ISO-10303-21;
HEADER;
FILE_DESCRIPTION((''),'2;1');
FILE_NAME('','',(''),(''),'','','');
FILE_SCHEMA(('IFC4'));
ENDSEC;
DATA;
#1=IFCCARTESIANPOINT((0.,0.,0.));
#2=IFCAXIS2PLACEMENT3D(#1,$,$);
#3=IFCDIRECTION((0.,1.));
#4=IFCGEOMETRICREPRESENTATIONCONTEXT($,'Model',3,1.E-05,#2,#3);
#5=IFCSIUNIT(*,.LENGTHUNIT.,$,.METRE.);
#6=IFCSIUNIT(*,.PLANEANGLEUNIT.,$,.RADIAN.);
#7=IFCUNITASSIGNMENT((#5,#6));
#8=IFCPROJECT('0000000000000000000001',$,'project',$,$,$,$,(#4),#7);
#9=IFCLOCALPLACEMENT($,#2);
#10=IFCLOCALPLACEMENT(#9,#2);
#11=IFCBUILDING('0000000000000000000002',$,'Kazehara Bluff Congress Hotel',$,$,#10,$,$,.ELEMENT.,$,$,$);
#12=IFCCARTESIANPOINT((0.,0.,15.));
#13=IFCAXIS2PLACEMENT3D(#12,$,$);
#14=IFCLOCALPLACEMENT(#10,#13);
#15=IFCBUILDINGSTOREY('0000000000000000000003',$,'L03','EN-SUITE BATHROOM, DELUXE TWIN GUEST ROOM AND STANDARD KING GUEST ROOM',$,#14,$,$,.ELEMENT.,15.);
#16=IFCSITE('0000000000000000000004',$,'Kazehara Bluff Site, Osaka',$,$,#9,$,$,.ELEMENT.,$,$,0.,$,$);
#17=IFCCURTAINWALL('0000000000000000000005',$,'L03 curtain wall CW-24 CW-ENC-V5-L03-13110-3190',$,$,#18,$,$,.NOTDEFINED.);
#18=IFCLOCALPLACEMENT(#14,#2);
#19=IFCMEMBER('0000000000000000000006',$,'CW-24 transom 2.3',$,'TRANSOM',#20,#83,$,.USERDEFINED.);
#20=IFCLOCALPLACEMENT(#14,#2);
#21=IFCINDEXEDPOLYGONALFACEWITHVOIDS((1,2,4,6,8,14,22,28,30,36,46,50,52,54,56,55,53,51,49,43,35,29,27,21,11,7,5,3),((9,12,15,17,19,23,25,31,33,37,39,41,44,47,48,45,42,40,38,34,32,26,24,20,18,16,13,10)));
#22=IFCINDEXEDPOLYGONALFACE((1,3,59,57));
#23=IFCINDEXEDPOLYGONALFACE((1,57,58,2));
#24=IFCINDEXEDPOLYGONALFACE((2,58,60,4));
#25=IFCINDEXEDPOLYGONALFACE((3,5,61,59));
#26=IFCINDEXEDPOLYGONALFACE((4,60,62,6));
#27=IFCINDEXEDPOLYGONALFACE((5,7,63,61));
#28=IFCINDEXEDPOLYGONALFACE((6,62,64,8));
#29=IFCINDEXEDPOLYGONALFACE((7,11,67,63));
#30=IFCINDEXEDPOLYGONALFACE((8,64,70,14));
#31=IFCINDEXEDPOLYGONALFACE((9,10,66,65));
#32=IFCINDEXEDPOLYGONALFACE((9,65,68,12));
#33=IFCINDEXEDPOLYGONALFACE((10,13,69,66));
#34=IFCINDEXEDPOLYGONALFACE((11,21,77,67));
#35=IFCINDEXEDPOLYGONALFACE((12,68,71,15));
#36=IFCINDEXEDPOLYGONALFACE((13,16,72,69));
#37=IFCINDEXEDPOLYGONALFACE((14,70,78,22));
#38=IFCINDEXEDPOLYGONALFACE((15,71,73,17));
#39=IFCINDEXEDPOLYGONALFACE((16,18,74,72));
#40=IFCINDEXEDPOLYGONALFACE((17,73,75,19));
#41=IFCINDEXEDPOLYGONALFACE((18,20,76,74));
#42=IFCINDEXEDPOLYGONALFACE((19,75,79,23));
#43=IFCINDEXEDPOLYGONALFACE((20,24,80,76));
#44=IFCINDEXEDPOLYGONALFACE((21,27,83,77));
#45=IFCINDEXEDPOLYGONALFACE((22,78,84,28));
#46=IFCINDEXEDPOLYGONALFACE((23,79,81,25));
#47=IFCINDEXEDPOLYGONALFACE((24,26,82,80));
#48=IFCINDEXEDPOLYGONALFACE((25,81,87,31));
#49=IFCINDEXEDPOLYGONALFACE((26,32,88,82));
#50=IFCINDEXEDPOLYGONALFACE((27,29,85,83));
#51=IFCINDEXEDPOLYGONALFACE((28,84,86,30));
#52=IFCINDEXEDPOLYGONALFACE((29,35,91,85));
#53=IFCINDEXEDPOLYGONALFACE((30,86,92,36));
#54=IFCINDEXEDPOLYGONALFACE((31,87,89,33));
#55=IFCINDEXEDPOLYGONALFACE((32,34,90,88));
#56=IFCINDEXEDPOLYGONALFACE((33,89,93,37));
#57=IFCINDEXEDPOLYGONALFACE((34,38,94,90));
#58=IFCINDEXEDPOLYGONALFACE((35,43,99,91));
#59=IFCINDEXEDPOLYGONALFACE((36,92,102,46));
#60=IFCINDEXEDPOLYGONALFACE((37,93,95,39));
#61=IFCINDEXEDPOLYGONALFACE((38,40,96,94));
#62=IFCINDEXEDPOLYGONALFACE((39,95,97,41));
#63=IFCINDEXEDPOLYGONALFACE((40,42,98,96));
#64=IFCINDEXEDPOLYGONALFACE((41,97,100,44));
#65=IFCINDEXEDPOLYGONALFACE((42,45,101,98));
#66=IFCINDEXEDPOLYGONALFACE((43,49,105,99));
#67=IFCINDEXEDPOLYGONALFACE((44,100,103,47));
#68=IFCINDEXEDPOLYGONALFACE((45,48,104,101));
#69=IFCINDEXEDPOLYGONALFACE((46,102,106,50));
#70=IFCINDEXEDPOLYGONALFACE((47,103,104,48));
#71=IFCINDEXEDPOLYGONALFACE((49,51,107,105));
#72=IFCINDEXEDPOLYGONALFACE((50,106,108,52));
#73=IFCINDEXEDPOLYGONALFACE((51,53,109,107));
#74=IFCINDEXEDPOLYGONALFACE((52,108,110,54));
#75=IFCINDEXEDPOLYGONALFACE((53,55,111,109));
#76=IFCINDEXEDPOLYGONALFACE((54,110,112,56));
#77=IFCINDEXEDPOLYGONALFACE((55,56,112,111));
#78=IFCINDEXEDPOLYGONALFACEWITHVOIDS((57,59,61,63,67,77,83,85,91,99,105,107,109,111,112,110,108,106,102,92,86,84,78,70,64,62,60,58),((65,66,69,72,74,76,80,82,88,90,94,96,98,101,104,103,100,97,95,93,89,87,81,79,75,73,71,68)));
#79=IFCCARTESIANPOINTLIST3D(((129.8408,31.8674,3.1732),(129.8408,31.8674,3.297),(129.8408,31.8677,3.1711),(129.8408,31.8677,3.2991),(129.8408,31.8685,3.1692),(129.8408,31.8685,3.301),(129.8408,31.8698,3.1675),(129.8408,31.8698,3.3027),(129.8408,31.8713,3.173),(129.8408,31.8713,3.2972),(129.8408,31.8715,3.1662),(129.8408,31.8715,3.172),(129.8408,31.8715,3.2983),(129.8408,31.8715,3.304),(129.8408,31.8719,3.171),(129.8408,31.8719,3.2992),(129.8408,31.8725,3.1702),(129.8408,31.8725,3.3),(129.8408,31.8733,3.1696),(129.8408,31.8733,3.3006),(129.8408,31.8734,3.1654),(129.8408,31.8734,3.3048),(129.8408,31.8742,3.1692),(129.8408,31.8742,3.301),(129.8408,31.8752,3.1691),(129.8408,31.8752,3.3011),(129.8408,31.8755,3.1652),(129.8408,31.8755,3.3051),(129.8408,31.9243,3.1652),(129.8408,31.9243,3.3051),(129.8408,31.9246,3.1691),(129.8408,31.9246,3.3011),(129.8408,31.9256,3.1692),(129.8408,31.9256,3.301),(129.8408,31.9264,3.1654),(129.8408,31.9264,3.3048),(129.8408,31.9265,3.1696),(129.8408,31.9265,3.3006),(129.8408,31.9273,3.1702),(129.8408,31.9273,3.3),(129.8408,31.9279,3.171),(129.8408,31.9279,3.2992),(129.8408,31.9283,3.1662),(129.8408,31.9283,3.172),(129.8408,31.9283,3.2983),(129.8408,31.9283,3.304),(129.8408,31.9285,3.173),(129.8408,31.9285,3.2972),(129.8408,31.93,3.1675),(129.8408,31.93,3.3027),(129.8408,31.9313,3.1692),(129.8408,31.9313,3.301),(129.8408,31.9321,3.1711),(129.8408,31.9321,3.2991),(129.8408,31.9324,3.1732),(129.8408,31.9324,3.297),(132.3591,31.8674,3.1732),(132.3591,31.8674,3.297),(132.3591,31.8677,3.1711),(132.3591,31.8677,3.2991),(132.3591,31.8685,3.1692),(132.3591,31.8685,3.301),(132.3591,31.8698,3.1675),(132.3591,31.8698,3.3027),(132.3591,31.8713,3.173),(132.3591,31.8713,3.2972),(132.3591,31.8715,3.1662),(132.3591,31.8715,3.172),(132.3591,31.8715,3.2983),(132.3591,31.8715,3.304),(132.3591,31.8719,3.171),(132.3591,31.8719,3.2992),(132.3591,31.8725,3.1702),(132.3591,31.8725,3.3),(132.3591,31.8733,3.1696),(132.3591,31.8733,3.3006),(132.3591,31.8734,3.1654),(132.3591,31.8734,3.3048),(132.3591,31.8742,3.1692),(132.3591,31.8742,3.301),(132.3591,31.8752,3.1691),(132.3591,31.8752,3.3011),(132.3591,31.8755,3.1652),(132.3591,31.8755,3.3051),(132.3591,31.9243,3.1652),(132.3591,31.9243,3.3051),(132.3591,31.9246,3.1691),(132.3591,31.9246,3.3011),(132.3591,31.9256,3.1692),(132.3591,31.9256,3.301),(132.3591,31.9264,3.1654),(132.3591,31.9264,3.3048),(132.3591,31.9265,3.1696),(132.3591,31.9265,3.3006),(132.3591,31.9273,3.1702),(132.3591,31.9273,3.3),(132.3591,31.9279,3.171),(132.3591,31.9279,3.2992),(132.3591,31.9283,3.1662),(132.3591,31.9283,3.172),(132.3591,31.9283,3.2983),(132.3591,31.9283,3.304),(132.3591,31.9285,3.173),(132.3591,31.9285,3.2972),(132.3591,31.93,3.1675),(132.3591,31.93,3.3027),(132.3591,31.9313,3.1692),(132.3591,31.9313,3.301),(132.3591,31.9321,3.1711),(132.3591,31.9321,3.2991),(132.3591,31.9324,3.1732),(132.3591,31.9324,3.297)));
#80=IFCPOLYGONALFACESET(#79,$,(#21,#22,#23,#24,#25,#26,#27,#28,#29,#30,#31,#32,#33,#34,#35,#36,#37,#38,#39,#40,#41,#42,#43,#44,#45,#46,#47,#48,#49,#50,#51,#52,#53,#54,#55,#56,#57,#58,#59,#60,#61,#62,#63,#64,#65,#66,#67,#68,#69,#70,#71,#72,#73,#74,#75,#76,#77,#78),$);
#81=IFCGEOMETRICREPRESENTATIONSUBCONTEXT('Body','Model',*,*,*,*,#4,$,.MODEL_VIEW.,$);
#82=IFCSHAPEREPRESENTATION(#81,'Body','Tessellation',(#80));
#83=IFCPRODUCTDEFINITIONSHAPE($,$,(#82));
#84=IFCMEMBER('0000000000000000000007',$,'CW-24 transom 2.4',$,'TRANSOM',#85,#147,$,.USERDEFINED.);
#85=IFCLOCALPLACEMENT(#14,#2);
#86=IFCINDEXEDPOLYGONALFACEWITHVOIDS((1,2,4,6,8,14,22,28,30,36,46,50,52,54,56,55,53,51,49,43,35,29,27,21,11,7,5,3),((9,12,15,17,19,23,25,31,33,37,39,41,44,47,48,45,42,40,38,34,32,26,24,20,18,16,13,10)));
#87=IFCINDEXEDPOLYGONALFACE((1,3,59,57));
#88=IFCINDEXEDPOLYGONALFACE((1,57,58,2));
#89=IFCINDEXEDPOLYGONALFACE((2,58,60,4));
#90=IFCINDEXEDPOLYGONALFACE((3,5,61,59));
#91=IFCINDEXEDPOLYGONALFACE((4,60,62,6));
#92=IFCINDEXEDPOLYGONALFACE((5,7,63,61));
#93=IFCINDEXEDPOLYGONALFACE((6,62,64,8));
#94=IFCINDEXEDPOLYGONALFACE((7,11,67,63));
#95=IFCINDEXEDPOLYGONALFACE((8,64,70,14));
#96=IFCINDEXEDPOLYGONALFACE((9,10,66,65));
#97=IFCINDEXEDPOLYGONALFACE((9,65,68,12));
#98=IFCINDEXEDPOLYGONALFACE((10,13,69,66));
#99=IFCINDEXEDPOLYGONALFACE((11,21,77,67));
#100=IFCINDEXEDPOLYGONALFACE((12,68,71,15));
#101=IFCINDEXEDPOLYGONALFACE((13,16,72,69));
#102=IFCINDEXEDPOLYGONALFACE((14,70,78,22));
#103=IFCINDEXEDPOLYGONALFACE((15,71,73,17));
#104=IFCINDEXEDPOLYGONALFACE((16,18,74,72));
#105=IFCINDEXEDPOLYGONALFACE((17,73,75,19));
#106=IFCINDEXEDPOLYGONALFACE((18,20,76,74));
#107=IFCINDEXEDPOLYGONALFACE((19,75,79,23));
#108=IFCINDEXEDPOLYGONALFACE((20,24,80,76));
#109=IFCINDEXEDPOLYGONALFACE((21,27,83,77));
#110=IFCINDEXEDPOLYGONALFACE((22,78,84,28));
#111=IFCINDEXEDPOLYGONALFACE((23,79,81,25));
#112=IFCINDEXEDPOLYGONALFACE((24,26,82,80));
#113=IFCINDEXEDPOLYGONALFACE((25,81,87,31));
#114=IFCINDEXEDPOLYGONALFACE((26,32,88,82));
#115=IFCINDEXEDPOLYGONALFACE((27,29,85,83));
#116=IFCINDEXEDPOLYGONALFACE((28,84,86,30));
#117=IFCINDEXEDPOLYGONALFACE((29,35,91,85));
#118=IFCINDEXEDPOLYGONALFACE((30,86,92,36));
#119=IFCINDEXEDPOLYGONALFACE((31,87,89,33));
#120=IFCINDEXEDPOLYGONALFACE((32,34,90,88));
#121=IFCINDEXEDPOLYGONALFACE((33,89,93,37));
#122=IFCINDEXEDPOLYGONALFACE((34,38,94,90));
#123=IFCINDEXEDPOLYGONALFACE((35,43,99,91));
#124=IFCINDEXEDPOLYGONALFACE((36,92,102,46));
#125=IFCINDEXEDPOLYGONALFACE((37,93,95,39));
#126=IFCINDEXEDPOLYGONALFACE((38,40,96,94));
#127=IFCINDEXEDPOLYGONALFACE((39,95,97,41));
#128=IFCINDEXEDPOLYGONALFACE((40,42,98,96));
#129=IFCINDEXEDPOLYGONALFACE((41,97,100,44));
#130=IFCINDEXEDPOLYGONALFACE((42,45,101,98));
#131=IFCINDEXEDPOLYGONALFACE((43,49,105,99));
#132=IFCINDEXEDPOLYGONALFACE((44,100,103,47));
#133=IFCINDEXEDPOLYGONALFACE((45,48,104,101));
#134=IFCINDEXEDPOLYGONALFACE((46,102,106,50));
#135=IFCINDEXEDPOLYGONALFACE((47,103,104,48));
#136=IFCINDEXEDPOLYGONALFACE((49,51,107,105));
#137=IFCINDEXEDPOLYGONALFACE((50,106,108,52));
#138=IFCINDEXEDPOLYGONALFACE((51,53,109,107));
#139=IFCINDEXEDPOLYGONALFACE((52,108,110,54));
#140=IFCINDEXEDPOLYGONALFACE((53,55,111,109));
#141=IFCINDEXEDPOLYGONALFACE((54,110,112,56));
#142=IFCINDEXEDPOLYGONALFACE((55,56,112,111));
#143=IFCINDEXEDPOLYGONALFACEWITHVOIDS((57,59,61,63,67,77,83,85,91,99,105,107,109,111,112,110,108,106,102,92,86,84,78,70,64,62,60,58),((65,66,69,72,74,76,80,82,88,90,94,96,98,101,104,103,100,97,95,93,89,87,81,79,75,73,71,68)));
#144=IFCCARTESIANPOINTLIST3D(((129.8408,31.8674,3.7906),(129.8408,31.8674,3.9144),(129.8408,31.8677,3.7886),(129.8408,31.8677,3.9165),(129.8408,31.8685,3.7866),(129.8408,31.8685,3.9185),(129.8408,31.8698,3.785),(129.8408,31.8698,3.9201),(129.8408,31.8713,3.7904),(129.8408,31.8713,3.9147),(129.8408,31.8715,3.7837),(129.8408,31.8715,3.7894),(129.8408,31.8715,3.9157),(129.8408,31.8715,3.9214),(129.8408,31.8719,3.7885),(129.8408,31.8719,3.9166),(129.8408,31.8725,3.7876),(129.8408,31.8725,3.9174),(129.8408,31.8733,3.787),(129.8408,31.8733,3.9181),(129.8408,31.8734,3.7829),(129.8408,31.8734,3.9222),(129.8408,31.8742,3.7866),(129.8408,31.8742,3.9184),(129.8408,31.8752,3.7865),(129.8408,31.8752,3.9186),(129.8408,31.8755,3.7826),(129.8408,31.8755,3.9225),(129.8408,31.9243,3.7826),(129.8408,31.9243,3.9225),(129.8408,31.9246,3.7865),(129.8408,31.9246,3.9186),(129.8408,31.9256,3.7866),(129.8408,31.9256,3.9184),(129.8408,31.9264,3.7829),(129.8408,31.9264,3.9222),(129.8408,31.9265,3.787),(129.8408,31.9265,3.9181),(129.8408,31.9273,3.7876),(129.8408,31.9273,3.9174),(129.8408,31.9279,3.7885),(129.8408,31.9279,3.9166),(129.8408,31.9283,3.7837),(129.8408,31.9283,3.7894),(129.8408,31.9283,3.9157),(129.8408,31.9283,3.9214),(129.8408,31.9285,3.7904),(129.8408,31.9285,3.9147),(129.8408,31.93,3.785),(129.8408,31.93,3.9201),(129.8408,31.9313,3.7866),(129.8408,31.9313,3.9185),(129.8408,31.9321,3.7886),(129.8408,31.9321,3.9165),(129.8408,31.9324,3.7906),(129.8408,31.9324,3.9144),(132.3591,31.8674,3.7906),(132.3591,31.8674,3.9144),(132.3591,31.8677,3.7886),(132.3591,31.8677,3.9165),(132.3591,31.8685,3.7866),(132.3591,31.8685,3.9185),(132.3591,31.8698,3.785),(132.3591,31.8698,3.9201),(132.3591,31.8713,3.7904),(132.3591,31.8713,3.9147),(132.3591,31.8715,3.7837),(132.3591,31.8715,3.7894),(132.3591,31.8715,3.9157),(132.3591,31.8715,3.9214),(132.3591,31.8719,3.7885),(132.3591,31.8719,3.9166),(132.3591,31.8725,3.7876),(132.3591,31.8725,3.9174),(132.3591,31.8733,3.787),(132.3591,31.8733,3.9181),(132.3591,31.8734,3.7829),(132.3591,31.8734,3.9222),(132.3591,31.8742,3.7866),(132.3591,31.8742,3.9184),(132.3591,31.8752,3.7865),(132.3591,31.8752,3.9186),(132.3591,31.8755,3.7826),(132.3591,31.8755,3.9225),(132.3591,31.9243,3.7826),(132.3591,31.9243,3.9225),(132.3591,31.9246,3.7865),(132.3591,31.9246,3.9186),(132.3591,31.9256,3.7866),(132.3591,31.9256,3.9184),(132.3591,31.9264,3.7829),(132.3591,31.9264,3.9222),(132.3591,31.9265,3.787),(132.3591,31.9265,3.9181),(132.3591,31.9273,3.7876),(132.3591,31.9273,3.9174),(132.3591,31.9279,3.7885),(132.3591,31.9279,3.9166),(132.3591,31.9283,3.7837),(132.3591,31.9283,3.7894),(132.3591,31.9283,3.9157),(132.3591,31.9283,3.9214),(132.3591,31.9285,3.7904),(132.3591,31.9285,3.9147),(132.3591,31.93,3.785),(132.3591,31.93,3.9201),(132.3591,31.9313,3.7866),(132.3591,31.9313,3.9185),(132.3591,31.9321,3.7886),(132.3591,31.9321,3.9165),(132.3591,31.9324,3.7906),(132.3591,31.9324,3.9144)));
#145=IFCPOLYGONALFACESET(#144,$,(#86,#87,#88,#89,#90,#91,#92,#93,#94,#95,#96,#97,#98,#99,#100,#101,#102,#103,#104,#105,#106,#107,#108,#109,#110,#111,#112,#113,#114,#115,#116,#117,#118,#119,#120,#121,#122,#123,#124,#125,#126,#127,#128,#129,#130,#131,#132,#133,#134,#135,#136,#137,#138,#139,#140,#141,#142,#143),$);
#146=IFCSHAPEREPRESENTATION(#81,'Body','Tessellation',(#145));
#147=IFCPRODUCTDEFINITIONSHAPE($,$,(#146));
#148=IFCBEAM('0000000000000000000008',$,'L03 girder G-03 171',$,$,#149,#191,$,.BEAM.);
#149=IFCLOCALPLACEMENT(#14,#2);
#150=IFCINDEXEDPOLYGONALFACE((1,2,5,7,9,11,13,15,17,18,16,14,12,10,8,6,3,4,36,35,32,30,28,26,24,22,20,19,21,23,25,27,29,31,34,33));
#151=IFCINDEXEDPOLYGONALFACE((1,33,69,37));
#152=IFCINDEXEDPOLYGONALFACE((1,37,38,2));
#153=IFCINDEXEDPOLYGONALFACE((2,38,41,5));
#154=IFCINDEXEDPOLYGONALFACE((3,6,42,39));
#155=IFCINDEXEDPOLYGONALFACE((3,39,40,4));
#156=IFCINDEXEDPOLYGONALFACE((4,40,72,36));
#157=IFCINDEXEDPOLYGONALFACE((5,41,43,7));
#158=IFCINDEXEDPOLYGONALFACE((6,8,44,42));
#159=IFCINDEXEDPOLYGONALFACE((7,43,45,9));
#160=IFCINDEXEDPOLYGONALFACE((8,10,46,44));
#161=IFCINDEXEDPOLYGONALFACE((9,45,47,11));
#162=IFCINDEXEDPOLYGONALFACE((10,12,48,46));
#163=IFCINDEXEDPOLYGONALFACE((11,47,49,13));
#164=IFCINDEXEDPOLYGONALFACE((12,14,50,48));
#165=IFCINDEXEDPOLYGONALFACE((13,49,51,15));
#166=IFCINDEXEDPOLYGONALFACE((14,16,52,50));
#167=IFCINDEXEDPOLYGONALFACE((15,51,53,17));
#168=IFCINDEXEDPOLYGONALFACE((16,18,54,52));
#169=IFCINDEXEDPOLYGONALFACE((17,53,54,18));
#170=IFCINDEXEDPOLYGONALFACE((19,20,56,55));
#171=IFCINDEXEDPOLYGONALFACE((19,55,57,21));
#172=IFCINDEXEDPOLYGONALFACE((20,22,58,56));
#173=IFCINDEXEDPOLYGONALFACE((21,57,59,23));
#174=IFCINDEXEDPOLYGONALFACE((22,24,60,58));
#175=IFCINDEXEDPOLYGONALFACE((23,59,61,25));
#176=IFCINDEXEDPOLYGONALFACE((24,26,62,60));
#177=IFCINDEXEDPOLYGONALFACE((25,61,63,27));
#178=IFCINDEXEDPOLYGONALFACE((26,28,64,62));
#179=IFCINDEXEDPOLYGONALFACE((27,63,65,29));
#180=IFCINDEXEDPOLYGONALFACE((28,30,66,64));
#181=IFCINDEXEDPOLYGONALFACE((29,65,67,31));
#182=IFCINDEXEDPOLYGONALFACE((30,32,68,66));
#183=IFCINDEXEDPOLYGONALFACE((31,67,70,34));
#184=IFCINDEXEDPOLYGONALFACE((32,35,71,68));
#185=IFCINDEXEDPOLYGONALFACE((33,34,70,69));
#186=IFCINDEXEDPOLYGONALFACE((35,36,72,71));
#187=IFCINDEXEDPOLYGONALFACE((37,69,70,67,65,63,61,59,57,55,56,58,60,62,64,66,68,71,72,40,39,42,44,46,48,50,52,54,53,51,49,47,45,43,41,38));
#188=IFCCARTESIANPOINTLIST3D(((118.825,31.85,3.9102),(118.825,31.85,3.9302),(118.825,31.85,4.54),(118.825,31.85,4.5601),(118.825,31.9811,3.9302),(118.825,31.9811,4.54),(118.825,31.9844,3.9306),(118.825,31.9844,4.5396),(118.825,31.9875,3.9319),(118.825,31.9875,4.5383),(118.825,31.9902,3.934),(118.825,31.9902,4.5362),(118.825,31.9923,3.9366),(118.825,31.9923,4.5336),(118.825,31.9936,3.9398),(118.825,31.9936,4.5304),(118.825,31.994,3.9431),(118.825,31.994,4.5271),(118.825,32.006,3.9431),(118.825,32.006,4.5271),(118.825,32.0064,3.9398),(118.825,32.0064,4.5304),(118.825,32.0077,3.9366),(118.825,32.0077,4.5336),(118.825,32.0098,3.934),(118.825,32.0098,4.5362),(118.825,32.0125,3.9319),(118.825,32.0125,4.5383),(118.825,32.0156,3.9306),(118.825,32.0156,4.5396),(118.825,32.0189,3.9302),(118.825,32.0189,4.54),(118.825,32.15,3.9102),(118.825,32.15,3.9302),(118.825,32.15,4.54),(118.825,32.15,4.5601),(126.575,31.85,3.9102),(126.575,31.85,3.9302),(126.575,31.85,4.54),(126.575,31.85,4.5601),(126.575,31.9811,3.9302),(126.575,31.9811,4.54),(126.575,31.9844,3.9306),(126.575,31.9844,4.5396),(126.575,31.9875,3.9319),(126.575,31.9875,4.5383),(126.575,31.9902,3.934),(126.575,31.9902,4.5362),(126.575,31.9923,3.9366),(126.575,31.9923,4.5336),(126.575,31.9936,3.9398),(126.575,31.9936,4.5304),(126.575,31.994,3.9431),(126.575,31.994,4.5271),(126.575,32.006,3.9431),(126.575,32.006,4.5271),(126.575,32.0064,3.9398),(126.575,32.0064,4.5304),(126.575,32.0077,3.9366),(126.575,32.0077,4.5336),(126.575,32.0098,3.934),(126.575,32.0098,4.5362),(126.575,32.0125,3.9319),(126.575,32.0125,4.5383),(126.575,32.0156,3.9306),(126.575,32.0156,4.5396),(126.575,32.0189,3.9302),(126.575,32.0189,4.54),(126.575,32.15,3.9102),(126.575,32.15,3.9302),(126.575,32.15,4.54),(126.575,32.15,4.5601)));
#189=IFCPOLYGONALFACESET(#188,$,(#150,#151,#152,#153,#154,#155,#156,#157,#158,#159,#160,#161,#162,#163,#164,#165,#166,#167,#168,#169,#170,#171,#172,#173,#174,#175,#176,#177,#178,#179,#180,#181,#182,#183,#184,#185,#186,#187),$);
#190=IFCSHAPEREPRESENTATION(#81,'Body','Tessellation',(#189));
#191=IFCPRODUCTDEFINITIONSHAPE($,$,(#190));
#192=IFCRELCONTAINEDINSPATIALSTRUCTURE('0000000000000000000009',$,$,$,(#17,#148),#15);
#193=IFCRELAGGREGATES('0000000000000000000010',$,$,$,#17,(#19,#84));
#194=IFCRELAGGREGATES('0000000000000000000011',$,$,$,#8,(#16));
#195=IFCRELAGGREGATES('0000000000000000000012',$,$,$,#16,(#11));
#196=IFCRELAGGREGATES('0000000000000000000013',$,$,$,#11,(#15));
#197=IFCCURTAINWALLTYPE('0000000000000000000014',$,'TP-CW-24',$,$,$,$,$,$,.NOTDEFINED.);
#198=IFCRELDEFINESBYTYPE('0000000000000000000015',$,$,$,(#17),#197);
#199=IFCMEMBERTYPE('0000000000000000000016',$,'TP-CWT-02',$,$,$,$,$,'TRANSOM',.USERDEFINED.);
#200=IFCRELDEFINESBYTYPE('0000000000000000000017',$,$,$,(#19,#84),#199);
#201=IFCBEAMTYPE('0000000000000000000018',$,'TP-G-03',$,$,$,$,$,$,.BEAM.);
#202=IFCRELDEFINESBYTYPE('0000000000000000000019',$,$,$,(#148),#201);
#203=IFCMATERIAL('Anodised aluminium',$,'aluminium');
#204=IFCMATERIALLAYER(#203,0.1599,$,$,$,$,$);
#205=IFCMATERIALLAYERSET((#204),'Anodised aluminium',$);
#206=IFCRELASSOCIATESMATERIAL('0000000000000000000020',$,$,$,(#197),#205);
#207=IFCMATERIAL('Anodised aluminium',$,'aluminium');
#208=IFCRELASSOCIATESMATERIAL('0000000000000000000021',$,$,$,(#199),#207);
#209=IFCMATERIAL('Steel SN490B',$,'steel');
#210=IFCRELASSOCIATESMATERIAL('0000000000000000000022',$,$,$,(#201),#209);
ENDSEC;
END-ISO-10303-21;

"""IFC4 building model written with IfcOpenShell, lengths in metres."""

from ifc_helpers import new_model, si_unit, direction, frame, origin, origin_2d, place, context, subcontext, project, spatial, hollow_rectangle, i_section, extrude, material, layer, layer_set, material_profile, profile_set, type_object, element, aggregate, save


model = new_model("IFC4")

# Units and contexts
model_context = context("Model", 3, precision=1e-05, world=origin(), true_north=direction((0.0, 1.0)))
body_context = subcontext(model_context, "Body", "Model", "MODEL_VIEW")
ifc_project = project(units=[si_unit("LENGTHUNIT", "METRE"), si_unit("PLANEANGLEUNIT", "RADIAN")], contexts=[model_context])

# Site, building, storey
site_placement = place(None, origin())
site = spatial("IfcSite", under=ifc_project, at=site_placement, Name="Kazehara Bluff Site, Osaka", CompositionType="ELEMENT", RefElevation=0.0)
building_placement = place(site_placement, origin())
building = spatial("IfcBuilding", under=site, at=building_placement, Name="Kazehara Bluff Congress Hotel", CompositionType="ELEMENT")
storey_placement = place(building_placement, frame((0.0, 0.0, 15.0)))
storey = spatial("IfcBuildingStorey", under=building, at=storey_placement, Name="L03", Description="EN-SUITE BATHROOM, DELUXE TWIN GUEST ROOM AND STANDARD KING GUEST ROOM", CompositionType="ELEMENT", Elevation=15.0)

# Curtain wall
ifc_material_1 = material(Name="Anodised aluminium", Category="aluminium")
ifc_layer_1 = layer(ifc_material_1, 0.1599)
ifc_layer_set_1 = layer_set([ifc_layer_1], Name="Anodised aluminium")
curtain_wall_type = type_object("IfcCurtainWallType", Name="TP-CW-24", PredefinedType="NOTDEFINED", material=ifc_layer_set_1)
curtain_wall_1_placement = place(storey_placement, origin())
curtain_wall_1 = element("IfcCurtainWall", 1, at=curtain_wall_1_placement, inside=storey, type_object=curtain_wall_type, Name="L03 curtain wall CW-24 CW-ENC-V5-L03-13110-3190", PredefinedType="NOTDEFINED")

# Members
ifc_material_2 = material(Name="Anodised aluminium", Category="aluminium")
ifc_material_profile_1 = material_profile(ifc_material_2, hollow_rectangle(XDim=0.0649, YDim=0.1399, WallThickness=0.0039, InnerFilletRadius=0.0039, OuterFilletRadius=0.0081, at=origin_2d()))
ifc_profile_set_1 = profile_set([ifc_material_profile_1], Name="Anodised aluminium")
member_type_1 = type_object("IfcMemberType", Name="TP-CWT-02", ElementType="TRANSOM", PredefinedType="USERDEFINED", material=ifc_profile_set_1)
member_1_placement = place(storey_placement, frame((129.8408, 31.8999, 3.2351), z_axis=(1.0, 0.0, 0.0), x_axis=(0.0, 1.0, 0.0)))
member_1 = element("IfcMember", 2, at=member_1_placement, type_object=member_type_1, Name="CW-24 transom 2.3", ObjectType="TRANSOM", PredefinedType="USERDEFINED", context=body_context, shape_type="SweptSolid", body=[
    extrude(hollow_rectangle(XDim=0.0649, YDim=0.1399, WallThickness=0.0039, InnerFilletRadius=0.0039, OuterFilletRadius=0.0081, at=origin_2d()), origin(), (0.0, 0.0, 1.0), 2.5183),
])
member_2_placement = place(storey_placement, frame((129.8408, 31.8999, 3.8525), z_axis=(1.0, 0.0, 0.0), x_axis=(0.0, 1.0, 0.0)))
member_2 = element("IfcMember", 3, at=member_2_placement, type_object=member_type_1, Name="CW-24 transom 2.4", ObjectType="TRANSOM", PredefinedType="USERDEFINED", context=body_context, shape_type="SweptSolid", body=[
    extrude(hollow_rectangle(XDim=0.0649, YDim=0.1399, WallThickness=0.0039, InnerFilletRadius=0.0039, OuterFilletRadius=0.0081, at=origin_2d()), origin(), (0.0, 0.0, 1.0), 2.5183),
])

# Beam
ifc_material_3 = material(Name="Steel SN490B", Category="steel")
ifc_material_profile_2 = material_profile(ifc_material_3, i_section(OverallWidth=0.3, OverallDepth=0.6499, WebThickness=0.012, FlangeThickness=0.02, FilletRadius=0.0129, at=origin_2d()))
ifc_profile_set_2 = profile_set([ifc_material_profile_2], Name="Steel SN490B")
beam_type = type_object("IfcBeamType", Name="TP-G-03", PredefinedType="BEAM", material=ifc_profile_set_2)
beam_placement = place(storey_placement, frame((118.825, 32.0, 4.2351), z_axis=(1.0, 0.0, 0.0), x_axis=(0.0, 1.0, 0.0)))
element("IfcBeam", 4, at=beam_placement, inside=storey, type_object=beam_type, Name="L03 girder G-03 171", PredefinedType="BEAM", context=body_context, shape_type="SweptSolid", body=[
    extrude(i_section(OverallWidth=0.3, OverallDepth=0.6499, WebThickness=0.012, FlangeThickness=0.02, FilletRadius=0.0129, at=origin_2d()), origin(), (0.0, 0.0, 1.0), 7.75),
])

aggregate(curtain_wall_1, [member_1, member_2])

save(model, "model.ifc")
